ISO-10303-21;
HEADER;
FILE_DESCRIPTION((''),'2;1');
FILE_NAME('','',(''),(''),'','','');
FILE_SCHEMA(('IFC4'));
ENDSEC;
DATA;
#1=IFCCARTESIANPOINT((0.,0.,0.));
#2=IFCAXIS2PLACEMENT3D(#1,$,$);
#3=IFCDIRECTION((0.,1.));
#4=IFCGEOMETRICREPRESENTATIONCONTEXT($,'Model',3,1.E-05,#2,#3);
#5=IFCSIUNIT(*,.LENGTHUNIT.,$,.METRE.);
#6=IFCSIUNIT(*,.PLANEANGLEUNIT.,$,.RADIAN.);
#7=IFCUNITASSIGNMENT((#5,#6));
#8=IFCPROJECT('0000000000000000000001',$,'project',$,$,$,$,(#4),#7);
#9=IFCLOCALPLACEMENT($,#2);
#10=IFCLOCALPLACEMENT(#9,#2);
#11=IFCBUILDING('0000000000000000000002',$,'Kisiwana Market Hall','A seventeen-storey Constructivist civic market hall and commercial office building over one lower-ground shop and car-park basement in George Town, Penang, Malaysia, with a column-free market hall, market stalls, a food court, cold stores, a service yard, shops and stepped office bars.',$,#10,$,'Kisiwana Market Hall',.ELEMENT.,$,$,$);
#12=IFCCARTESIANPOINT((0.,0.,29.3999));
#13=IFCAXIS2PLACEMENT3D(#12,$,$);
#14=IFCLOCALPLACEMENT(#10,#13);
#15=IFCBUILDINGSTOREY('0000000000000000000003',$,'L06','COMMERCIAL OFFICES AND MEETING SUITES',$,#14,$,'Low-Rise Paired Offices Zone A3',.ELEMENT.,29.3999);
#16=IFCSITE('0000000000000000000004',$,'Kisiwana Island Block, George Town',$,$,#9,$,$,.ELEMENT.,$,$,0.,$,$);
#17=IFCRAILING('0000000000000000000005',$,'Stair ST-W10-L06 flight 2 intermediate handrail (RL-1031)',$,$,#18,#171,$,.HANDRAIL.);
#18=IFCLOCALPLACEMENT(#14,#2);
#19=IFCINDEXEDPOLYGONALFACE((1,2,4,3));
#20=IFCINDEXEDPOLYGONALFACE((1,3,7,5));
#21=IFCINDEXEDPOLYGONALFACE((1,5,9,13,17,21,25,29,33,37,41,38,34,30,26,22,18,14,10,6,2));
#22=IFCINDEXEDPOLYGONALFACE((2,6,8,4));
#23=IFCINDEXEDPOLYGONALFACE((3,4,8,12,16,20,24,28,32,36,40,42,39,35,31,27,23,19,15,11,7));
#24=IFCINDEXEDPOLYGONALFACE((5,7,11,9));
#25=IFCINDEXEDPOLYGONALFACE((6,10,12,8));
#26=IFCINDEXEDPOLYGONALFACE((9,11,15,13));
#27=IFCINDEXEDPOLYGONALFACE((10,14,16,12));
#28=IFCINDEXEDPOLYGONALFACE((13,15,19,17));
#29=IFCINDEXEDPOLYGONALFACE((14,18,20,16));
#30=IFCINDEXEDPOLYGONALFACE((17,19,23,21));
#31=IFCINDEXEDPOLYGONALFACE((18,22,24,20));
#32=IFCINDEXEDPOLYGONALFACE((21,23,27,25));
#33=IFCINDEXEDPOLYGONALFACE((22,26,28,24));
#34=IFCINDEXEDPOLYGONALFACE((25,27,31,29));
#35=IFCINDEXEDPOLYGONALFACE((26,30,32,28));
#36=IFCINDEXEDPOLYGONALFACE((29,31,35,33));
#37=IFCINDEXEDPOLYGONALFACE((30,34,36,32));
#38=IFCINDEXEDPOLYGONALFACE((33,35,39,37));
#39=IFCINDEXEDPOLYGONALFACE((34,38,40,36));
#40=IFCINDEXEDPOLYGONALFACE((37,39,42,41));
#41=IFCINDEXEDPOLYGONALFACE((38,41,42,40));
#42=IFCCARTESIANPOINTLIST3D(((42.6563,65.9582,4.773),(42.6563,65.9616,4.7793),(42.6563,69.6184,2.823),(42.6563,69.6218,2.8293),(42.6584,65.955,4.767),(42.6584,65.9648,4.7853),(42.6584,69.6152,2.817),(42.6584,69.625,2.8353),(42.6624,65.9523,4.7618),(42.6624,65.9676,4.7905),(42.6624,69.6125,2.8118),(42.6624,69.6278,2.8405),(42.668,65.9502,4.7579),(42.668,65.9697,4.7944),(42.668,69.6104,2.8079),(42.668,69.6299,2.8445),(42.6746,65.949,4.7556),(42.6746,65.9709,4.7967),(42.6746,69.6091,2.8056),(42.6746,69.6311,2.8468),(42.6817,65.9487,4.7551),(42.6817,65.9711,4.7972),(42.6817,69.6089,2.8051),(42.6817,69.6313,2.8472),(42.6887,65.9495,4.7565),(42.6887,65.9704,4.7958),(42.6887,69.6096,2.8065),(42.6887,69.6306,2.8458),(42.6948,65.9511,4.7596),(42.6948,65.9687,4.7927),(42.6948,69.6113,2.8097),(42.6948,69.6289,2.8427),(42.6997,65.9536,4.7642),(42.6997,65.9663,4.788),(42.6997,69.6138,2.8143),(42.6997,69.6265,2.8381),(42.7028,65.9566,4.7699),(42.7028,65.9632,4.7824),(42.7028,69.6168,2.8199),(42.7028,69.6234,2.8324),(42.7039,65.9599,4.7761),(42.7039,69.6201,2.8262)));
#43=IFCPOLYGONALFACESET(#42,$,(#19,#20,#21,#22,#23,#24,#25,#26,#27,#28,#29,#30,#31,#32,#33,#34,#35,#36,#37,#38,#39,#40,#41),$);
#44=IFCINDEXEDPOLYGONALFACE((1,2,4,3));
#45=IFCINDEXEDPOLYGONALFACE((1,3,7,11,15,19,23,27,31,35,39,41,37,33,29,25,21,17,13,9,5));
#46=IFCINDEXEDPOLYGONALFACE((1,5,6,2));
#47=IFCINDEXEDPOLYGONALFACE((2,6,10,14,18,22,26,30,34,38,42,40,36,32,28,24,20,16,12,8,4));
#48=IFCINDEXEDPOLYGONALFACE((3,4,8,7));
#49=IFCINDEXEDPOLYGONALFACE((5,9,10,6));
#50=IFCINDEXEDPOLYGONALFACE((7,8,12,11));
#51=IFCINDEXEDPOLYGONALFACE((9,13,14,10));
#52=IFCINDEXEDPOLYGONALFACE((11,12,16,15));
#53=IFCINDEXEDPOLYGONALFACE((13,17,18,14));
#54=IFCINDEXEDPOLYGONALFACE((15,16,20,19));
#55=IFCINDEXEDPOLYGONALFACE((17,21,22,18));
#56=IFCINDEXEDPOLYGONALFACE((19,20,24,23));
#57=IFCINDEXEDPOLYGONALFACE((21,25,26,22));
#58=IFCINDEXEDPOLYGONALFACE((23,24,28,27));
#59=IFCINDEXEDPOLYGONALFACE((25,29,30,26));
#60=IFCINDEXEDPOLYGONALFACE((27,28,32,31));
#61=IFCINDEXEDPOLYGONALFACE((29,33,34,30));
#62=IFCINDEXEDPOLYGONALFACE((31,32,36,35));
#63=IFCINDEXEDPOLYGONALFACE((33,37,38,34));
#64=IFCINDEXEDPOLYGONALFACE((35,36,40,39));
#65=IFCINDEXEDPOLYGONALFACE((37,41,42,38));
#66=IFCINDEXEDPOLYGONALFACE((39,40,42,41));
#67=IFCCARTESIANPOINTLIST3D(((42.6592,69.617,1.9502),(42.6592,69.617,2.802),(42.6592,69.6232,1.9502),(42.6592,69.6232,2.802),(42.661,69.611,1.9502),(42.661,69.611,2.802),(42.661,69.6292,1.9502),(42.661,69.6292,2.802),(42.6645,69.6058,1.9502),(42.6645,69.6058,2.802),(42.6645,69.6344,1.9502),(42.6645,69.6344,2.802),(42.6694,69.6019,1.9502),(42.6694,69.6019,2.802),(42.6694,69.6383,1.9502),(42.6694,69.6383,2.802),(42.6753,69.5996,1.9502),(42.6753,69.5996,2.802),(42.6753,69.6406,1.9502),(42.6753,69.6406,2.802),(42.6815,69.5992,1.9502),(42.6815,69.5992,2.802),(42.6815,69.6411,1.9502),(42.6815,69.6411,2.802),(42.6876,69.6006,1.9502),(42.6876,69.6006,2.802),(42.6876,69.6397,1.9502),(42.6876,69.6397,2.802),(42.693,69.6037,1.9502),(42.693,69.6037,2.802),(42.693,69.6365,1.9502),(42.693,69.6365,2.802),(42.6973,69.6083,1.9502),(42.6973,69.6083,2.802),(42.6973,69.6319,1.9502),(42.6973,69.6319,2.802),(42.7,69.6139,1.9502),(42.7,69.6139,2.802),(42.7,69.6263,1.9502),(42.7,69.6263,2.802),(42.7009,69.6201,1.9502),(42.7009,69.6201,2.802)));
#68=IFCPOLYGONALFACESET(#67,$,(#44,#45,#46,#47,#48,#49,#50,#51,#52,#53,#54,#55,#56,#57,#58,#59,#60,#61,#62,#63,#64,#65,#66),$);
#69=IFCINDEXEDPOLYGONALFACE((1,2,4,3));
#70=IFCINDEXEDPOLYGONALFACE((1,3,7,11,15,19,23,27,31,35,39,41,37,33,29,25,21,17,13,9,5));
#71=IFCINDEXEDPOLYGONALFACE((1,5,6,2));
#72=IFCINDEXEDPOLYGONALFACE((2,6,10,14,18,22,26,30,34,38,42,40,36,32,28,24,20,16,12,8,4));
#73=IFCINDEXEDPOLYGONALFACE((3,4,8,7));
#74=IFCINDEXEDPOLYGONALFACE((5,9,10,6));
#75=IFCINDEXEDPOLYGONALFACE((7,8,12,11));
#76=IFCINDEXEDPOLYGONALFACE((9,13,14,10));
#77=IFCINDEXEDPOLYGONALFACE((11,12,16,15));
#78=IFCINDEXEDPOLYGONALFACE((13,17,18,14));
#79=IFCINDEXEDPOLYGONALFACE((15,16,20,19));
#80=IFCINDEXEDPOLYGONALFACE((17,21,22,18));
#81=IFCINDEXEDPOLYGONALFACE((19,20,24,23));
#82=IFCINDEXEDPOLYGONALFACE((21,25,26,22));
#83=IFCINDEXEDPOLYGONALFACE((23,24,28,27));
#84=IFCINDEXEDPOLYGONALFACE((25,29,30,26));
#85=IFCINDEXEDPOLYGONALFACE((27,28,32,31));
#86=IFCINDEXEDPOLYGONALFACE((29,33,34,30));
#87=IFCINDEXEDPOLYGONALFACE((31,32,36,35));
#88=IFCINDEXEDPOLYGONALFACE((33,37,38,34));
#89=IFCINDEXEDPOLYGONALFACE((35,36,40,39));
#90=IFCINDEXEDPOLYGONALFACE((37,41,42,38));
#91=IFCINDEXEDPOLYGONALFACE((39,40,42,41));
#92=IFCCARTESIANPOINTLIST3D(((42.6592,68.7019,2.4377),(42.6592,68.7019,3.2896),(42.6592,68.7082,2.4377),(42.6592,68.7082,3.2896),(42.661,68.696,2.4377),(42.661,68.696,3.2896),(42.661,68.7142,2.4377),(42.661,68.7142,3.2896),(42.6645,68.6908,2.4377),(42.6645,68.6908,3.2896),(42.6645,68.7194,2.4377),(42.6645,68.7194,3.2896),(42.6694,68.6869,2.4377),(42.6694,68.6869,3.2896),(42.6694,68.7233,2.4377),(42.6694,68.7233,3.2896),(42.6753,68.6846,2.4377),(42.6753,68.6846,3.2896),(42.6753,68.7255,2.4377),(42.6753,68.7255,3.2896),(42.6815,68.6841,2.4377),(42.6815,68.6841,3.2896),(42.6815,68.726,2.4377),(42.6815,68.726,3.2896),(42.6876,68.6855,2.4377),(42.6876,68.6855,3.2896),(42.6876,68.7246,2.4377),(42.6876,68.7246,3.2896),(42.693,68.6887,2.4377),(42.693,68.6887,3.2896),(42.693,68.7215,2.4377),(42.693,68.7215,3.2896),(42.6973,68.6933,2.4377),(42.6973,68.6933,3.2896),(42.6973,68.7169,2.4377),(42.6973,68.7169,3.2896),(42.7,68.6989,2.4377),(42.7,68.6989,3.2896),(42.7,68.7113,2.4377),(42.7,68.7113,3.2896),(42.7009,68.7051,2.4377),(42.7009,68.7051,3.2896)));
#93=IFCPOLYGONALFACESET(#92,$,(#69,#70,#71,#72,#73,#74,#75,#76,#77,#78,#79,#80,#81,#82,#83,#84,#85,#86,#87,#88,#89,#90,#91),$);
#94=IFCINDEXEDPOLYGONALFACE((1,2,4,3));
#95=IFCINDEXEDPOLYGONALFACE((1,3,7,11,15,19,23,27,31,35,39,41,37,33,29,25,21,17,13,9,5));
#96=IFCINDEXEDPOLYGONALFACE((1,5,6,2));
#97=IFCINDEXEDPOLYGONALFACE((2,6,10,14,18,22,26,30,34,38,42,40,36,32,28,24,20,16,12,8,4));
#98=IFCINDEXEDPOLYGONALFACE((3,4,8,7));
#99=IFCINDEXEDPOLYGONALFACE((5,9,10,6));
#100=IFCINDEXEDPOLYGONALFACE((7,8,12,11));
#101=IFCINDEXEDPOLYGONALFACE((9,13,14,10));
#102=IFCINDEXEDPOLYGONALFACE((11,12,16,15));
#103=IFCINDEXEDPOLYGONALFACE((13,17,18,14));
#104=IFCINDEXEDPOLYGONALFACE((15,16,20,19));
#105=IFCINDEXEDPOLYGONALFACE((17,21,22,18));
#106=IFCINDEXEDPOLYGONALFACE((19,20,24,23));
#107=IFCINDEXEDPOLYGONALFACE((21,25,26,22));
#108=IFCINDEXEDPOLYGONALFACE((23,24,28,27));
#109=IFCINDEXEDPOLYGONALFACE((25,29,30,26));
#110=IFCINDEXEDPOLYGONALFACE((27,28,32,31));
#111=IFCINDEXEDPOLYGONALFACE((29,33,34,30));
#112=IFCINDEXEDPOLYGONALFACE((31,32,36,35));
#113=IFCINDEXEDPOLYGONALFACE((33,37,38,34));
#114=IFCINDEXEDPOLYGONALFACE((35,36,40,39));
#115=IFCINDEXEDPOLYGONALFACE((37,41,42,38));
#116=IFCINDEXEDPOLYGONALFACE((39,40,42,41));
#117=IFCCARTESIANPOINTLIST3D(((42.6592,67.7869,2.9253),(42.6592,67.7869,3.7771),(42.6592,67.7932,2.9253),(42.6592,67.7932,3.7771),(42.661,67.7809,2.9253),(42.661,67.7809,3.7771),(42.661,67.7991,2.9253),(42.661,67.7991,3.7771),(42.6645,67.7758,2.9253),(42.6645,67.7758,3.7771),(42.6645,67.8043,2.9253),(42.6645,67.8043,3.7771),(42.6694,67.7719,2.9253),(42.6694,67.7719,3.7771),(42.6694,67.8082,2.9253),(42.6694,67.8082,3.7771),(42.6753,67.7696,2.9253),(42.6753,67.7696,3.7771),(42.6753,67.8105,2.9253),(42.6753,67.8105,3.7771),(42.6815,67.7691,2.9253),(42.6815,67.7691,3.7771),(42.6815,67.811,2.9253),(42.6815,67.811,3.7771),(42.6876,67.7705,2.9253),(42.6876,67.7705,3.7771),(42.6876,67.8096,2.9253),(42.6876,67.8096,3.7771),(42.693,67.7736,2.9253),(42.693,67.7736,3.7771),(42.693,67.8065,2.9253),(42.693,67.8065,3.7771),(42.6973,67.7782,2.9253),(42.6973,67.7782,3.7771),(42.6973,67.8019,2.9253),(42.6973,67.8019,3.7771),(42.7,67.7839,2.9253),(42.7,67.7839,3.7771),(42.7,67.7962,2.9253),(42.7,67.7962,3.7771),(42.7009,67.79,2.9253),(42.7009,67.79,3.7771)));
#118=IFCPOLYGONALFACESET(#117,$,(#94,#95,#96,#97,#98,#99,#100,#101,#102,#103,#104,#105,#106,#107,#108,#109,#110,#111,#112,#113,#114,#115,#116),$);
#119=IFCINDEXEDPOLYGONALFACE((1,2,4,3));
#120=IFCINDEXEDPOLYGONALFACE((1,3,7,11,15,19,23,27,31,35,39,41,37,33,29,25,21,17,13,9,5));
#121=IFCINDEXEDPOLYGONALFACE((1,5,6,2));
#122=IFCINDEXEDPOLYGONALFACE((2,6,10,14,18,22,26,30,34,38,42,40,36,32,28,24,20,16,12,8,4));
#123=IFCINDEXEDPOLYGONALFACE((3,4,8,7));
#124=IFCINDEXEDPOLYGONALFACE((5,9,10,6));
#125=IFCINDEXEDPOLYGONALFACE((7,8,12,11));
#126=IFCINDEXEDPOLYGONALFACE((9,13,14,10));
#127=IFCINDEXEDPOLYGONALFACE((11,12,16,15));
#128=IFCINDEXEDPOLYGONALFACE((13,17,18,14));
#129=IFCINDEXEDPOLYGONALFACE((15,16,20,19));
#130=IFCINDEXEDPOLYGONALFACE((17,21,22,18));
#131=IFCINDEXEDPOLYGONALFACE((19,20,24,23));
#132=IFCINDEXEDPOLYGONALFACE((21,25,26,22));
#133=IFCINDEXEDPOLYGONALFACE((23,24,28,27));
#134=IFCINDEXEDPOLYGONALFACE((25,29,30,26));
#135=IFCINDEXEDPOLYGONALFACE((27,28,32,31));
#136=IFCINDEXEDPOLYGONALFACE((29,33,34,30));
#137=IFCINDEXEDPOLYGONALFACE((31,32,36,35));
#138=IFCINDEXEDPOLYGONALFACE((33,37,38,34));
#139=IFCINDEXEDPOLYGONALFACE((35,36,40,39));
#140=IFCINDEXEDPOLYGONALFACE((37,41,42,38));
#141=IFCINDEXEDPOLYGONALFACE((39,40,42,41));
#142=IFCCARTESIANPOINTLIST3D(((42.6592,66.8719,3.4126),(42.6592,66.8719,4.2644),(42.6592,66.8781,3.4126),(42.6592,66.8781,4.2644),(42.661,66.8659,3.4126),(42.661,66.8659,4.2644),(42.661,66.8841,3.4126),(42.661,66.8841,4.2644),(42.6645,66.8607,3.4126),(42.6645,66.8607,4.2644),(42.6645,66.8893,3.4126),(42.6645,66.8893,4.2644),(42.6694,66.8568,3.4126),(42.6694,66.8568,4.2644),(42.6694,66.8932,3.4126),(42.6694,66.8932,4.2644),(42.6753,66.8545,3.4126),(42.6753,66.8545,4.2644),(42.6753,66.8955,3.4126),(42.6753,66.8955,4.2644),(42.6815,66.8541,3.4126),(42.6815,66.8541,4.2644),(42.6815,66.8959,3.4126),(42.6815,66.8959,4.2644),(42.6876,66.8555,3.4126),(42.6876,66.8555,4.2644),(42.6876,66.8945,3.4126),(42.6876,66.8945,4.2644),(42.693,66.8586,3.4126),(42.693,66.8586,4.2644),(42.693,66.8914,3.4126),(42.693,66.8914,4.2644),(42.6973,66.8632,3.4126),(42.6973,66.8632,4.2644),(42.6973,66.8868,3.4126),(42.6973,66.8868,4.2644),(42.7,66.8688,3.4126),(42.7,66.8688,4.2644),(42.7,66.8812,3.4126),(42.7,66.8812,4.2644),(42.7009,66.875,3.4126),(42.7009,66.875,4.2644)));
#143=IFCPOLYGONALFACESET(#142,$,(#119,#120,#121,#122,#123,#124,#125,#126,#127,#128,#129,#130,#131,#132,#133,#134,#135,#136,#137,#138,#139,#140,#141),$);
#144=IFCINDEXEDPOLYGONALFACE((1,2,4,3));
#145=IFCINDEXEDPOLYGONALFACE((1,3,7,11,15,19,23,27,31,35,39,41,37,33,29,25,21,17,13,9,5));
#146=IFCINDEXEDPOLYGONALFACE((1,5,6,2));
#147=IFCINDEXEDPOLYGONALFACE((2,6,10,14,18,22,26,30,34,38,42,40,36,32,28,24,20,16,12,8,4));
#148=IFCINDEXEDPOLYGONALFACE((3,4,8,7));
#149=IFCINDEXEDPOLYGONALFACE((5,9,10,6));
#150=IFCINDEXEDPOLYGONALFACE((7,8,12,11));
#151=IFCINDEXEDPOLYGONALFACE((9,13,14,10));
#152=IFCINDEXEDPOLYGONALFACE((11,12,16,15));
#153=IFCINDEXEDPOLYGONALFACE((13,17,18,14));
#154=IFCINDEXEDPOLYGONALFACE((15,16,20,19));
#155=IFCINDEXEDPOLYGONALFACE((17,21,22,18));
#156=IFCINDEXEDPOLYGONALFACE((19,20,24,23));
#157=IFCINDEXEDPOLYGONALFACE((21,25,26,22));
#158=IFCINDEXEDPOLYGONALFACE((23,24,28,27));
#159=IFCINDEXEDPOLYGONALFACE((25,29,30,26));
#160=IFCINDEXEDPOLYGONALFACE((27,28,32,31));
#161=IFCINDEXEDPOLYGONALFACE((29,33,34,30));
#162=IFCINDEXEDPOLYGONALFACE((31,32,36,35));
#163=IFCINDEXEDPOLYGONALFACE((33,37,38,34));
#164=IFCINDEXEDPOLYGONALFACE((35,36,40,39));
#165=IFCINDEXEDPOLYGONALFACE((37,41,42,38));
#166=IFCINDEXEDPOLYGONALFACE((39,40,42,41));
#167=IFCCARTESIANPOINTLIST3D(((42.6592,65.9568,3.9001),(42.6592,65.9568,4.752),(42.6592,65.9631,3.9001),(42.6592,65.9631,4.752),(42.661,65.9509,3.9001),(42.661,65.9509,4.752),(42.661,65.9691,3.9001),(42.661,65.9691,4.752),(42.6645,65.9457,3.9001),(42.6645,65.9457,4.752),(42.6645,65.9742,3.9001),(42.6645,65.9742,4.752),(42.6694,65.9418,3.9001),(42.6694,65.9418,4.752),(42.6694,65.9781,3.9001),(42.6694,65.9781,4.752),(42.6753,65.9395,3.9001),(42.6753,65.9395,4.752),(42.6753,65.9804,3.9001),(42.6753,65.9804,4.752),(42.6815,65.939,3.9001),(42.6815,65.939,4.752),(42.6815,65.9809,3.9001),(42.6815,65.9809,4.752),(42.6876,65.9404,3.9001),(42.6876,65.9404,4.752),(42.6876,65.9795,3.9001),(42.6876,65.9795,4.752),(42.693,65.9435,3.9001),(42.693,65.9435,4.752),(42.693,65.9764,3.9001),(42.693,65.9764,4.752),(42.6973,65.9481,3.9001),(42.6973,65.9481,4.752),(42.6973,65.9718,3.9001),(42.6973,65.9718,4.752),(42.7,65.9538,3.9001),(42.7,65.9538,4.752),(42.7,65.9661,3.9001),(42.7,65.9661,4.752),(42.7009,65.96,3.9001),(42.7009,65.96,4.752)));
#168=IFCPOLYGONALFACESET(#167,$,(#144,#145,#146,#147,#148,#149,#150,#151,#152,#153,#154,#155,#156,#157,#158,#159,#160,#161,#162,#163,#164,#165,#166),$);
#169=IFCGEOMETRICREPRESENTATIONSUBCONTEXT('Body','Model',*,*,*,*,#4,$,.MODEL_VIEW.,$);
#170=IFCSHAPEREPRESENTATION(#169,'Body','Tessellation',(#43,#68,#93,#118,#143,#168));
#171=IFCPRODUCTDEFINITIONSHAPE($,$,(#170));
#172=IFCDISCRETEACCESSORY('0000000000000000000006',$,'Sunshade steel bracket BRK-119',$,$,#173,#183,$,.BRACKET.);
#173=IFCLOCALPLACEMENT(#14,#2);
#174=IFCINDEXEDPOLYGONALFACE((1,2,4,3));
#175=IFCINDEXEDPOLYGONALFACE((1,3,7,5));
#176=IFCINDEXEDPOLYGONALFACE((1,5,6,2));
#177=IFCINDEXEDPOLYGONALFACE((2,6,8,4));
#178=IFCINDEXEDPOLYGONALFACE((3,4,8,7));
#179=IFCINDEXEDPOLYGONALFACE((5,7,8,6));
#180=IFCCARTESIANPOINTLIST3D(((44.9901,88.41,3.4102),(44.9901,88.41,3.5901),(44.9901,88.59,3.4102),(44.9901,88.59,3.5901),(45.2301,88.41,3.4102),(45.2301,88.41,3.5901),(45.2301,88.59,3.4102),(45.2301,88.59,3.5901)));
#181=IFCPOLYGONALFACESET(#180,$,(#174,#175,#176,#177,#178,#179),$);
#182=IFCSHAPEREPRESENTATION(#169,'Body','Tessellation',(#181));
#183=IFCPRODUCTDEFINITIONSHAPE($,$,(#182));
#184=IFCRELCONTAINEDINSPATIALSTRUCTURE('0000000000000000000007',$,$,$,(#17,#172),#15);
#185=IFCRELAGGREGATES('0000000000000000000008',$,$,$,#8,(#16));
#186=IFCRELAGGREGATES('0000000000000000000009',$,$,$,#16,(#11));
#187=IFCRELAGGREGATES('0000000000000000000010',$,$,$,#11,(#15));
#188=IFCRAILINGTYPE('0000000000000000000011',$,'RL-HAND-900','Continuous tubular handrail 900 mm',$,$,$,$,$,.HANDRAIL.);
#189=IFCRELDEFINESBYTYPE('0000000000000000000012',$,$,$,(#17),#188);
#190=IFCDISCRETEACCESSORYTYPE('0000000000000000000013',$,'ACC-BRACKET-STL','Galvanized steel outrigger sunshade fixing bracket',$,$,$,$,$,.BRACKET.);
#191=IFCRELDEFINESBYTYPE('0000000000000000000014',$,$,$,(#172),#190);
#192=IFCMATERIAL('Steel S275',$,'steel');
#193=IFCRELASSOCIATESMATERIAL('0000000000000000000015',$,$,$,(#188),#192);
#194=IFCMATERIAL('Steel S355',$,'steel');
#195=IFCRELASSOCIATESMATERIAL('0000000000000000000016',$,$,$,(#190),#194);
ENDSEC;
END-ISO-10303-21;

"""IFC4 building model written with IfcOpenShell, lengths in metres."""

from ifc_helpers import new_model, si_unit, direction, frame, origin, origin_2d, place, context, subcontext, project, spatial, rectangle, circle, extrude, material, type_object, element, save


model = new_model("IFC4")

# Units and contexts
model_context = context("Model", 3, precision=1e-05, world=origin(), true_north=direction((0.0, 1.0)))
body_context = subcontext(model_context, "Body", "Model", "MODEL_VIEW")
ifc_project = project(units=[si_unit("LENGTHUNIT", "METRE"), si_unit("PLANEANGLEUNIT", "RADIAN")], contexts=[model_context])

# Site, building, storey
site_placement = place(None, origin())
site = spatial("IfcSite", under=ifc_project, at=site_placement, Name="Kisiwana Island Block, George Town", CompositionType="ELEMENT", RefElevation=0.0)
building_placement = place(site_placement, origin())
building = spatial("IfcBuilding", under=site, at=building_placement, Name="Kisiwana Market Hall", Description="A seventeen-storey Constructivist civic market hall and commercial office building over one lower-ground shop and car-park basement in George Town, Penang, Malaysia, with a column-free market hall, market stalls, a food court, cold stores, a service yard, shops and stepped office bars.", LongName="Kisiwana Market Hall", CompositionType="ELEMENT")
storey_placement = place(building_placement, frame((0.0, 0.0, 29.3999)))
storey = spatial("IfcBuildingStorey", under=building, at=storey_placement, Name="L06", Description="COMMERCIAL OFFICES AND MEETING SUITES", LongName="Low-Rise Paired Offices Zone A3", CompositionType="ELEMENT", Elevation=29.3999)

# Railing
ifc_material_1 = material(Name="Steel S275", Category="steel")
railing_type_1 = type_object("IfcRailingType", Name="RL-HAND-900", Description="Continuous tubular handrail 900 mm", PredefinedType="HANDRAIL", material=ifc_material_1)
railing_1_placement = place(storey_placement, frame((42.6799, 69.6201, 1.9502)))
element("IfcRailing", 1, at=railing_1_placement, inside=storey, type_object=railing_type_1, Name="Stair ST-W10-L06 flight 2 intermediate handrail (RL-1031)", PredefinedType="HANDRAIL", context=body_context, shape_type="SweptSolid", body=[
    extrude(circle(Radius=0.0239, at=origin_2d()), frame((0.0, 0.0, 0.876), z_axis=(0.0, -0.882566, 0.470188), x_axis=(1.0, 0.0, 0.0)), (0.0, 0.0, 1.0), 4.1472),
    extrude(circle(Radius=0.021, at=origin_2d()), origin(), (0.0, 0.0, 1.0), 0.8518),
    extrude(circle(Radius=0.021, at=origin_2d()), frame((0.0, -0.915, 0.4875)), (0.0, 0.0, 1.0), 0.8518),
    extrude(circle(Radius=0.021, at=origin_2d()), frame((0.0, -1.8301, 0.9751)), (0.0, 0.0, 1.0), 0.8518),
    extrude(circle(Radius=0.021, at=origin_2d()), frame((0.0, -2.7451, 1.4624)), (0.0, 0.0, 1.0), 0.8518),
    extrude(circle(Radius=0.021, at=origin_2d()), frame((0.0, -3.6602, 1.95)), (0.0, 0.0, 1.0), 0.8518),
])

# Discrete accessory
ifc_material_2 = material(Name="Steel S355", Category="steel")
discrete_accessory_type = type_object("IfcDiscreteAccessoryType", Name="ACC-BRACKET-STL", Description="Galvanized steel outrigger sunshade fixing bracket", PredefinedType="BRACKET", material=ifc_material_2)
discrete_accessory_placement = place(storey_placement, frame((45.1101, 88.5, 3.4102), z_axis=(0.0, 0.0, 1.0), x_axis=(0.0, 1.0, 0.0)))
element("IfcDiscreteAccessory", 2, at=discrete_accessory_placement, inside=storey, type_object=discrete_accessory_type, Name="Sunshade steel bracket BRK-119", PredefinedType="BRACKET", context=body_context, shape_type="SweptSolid", body=[
    extrude(rectangle(XDim=0.1799, YDim=0.24, at=origin_2d()), origin(), (0.0, 0.0, 1.0), 0.1799),
])

save(model, "model.ifc")
